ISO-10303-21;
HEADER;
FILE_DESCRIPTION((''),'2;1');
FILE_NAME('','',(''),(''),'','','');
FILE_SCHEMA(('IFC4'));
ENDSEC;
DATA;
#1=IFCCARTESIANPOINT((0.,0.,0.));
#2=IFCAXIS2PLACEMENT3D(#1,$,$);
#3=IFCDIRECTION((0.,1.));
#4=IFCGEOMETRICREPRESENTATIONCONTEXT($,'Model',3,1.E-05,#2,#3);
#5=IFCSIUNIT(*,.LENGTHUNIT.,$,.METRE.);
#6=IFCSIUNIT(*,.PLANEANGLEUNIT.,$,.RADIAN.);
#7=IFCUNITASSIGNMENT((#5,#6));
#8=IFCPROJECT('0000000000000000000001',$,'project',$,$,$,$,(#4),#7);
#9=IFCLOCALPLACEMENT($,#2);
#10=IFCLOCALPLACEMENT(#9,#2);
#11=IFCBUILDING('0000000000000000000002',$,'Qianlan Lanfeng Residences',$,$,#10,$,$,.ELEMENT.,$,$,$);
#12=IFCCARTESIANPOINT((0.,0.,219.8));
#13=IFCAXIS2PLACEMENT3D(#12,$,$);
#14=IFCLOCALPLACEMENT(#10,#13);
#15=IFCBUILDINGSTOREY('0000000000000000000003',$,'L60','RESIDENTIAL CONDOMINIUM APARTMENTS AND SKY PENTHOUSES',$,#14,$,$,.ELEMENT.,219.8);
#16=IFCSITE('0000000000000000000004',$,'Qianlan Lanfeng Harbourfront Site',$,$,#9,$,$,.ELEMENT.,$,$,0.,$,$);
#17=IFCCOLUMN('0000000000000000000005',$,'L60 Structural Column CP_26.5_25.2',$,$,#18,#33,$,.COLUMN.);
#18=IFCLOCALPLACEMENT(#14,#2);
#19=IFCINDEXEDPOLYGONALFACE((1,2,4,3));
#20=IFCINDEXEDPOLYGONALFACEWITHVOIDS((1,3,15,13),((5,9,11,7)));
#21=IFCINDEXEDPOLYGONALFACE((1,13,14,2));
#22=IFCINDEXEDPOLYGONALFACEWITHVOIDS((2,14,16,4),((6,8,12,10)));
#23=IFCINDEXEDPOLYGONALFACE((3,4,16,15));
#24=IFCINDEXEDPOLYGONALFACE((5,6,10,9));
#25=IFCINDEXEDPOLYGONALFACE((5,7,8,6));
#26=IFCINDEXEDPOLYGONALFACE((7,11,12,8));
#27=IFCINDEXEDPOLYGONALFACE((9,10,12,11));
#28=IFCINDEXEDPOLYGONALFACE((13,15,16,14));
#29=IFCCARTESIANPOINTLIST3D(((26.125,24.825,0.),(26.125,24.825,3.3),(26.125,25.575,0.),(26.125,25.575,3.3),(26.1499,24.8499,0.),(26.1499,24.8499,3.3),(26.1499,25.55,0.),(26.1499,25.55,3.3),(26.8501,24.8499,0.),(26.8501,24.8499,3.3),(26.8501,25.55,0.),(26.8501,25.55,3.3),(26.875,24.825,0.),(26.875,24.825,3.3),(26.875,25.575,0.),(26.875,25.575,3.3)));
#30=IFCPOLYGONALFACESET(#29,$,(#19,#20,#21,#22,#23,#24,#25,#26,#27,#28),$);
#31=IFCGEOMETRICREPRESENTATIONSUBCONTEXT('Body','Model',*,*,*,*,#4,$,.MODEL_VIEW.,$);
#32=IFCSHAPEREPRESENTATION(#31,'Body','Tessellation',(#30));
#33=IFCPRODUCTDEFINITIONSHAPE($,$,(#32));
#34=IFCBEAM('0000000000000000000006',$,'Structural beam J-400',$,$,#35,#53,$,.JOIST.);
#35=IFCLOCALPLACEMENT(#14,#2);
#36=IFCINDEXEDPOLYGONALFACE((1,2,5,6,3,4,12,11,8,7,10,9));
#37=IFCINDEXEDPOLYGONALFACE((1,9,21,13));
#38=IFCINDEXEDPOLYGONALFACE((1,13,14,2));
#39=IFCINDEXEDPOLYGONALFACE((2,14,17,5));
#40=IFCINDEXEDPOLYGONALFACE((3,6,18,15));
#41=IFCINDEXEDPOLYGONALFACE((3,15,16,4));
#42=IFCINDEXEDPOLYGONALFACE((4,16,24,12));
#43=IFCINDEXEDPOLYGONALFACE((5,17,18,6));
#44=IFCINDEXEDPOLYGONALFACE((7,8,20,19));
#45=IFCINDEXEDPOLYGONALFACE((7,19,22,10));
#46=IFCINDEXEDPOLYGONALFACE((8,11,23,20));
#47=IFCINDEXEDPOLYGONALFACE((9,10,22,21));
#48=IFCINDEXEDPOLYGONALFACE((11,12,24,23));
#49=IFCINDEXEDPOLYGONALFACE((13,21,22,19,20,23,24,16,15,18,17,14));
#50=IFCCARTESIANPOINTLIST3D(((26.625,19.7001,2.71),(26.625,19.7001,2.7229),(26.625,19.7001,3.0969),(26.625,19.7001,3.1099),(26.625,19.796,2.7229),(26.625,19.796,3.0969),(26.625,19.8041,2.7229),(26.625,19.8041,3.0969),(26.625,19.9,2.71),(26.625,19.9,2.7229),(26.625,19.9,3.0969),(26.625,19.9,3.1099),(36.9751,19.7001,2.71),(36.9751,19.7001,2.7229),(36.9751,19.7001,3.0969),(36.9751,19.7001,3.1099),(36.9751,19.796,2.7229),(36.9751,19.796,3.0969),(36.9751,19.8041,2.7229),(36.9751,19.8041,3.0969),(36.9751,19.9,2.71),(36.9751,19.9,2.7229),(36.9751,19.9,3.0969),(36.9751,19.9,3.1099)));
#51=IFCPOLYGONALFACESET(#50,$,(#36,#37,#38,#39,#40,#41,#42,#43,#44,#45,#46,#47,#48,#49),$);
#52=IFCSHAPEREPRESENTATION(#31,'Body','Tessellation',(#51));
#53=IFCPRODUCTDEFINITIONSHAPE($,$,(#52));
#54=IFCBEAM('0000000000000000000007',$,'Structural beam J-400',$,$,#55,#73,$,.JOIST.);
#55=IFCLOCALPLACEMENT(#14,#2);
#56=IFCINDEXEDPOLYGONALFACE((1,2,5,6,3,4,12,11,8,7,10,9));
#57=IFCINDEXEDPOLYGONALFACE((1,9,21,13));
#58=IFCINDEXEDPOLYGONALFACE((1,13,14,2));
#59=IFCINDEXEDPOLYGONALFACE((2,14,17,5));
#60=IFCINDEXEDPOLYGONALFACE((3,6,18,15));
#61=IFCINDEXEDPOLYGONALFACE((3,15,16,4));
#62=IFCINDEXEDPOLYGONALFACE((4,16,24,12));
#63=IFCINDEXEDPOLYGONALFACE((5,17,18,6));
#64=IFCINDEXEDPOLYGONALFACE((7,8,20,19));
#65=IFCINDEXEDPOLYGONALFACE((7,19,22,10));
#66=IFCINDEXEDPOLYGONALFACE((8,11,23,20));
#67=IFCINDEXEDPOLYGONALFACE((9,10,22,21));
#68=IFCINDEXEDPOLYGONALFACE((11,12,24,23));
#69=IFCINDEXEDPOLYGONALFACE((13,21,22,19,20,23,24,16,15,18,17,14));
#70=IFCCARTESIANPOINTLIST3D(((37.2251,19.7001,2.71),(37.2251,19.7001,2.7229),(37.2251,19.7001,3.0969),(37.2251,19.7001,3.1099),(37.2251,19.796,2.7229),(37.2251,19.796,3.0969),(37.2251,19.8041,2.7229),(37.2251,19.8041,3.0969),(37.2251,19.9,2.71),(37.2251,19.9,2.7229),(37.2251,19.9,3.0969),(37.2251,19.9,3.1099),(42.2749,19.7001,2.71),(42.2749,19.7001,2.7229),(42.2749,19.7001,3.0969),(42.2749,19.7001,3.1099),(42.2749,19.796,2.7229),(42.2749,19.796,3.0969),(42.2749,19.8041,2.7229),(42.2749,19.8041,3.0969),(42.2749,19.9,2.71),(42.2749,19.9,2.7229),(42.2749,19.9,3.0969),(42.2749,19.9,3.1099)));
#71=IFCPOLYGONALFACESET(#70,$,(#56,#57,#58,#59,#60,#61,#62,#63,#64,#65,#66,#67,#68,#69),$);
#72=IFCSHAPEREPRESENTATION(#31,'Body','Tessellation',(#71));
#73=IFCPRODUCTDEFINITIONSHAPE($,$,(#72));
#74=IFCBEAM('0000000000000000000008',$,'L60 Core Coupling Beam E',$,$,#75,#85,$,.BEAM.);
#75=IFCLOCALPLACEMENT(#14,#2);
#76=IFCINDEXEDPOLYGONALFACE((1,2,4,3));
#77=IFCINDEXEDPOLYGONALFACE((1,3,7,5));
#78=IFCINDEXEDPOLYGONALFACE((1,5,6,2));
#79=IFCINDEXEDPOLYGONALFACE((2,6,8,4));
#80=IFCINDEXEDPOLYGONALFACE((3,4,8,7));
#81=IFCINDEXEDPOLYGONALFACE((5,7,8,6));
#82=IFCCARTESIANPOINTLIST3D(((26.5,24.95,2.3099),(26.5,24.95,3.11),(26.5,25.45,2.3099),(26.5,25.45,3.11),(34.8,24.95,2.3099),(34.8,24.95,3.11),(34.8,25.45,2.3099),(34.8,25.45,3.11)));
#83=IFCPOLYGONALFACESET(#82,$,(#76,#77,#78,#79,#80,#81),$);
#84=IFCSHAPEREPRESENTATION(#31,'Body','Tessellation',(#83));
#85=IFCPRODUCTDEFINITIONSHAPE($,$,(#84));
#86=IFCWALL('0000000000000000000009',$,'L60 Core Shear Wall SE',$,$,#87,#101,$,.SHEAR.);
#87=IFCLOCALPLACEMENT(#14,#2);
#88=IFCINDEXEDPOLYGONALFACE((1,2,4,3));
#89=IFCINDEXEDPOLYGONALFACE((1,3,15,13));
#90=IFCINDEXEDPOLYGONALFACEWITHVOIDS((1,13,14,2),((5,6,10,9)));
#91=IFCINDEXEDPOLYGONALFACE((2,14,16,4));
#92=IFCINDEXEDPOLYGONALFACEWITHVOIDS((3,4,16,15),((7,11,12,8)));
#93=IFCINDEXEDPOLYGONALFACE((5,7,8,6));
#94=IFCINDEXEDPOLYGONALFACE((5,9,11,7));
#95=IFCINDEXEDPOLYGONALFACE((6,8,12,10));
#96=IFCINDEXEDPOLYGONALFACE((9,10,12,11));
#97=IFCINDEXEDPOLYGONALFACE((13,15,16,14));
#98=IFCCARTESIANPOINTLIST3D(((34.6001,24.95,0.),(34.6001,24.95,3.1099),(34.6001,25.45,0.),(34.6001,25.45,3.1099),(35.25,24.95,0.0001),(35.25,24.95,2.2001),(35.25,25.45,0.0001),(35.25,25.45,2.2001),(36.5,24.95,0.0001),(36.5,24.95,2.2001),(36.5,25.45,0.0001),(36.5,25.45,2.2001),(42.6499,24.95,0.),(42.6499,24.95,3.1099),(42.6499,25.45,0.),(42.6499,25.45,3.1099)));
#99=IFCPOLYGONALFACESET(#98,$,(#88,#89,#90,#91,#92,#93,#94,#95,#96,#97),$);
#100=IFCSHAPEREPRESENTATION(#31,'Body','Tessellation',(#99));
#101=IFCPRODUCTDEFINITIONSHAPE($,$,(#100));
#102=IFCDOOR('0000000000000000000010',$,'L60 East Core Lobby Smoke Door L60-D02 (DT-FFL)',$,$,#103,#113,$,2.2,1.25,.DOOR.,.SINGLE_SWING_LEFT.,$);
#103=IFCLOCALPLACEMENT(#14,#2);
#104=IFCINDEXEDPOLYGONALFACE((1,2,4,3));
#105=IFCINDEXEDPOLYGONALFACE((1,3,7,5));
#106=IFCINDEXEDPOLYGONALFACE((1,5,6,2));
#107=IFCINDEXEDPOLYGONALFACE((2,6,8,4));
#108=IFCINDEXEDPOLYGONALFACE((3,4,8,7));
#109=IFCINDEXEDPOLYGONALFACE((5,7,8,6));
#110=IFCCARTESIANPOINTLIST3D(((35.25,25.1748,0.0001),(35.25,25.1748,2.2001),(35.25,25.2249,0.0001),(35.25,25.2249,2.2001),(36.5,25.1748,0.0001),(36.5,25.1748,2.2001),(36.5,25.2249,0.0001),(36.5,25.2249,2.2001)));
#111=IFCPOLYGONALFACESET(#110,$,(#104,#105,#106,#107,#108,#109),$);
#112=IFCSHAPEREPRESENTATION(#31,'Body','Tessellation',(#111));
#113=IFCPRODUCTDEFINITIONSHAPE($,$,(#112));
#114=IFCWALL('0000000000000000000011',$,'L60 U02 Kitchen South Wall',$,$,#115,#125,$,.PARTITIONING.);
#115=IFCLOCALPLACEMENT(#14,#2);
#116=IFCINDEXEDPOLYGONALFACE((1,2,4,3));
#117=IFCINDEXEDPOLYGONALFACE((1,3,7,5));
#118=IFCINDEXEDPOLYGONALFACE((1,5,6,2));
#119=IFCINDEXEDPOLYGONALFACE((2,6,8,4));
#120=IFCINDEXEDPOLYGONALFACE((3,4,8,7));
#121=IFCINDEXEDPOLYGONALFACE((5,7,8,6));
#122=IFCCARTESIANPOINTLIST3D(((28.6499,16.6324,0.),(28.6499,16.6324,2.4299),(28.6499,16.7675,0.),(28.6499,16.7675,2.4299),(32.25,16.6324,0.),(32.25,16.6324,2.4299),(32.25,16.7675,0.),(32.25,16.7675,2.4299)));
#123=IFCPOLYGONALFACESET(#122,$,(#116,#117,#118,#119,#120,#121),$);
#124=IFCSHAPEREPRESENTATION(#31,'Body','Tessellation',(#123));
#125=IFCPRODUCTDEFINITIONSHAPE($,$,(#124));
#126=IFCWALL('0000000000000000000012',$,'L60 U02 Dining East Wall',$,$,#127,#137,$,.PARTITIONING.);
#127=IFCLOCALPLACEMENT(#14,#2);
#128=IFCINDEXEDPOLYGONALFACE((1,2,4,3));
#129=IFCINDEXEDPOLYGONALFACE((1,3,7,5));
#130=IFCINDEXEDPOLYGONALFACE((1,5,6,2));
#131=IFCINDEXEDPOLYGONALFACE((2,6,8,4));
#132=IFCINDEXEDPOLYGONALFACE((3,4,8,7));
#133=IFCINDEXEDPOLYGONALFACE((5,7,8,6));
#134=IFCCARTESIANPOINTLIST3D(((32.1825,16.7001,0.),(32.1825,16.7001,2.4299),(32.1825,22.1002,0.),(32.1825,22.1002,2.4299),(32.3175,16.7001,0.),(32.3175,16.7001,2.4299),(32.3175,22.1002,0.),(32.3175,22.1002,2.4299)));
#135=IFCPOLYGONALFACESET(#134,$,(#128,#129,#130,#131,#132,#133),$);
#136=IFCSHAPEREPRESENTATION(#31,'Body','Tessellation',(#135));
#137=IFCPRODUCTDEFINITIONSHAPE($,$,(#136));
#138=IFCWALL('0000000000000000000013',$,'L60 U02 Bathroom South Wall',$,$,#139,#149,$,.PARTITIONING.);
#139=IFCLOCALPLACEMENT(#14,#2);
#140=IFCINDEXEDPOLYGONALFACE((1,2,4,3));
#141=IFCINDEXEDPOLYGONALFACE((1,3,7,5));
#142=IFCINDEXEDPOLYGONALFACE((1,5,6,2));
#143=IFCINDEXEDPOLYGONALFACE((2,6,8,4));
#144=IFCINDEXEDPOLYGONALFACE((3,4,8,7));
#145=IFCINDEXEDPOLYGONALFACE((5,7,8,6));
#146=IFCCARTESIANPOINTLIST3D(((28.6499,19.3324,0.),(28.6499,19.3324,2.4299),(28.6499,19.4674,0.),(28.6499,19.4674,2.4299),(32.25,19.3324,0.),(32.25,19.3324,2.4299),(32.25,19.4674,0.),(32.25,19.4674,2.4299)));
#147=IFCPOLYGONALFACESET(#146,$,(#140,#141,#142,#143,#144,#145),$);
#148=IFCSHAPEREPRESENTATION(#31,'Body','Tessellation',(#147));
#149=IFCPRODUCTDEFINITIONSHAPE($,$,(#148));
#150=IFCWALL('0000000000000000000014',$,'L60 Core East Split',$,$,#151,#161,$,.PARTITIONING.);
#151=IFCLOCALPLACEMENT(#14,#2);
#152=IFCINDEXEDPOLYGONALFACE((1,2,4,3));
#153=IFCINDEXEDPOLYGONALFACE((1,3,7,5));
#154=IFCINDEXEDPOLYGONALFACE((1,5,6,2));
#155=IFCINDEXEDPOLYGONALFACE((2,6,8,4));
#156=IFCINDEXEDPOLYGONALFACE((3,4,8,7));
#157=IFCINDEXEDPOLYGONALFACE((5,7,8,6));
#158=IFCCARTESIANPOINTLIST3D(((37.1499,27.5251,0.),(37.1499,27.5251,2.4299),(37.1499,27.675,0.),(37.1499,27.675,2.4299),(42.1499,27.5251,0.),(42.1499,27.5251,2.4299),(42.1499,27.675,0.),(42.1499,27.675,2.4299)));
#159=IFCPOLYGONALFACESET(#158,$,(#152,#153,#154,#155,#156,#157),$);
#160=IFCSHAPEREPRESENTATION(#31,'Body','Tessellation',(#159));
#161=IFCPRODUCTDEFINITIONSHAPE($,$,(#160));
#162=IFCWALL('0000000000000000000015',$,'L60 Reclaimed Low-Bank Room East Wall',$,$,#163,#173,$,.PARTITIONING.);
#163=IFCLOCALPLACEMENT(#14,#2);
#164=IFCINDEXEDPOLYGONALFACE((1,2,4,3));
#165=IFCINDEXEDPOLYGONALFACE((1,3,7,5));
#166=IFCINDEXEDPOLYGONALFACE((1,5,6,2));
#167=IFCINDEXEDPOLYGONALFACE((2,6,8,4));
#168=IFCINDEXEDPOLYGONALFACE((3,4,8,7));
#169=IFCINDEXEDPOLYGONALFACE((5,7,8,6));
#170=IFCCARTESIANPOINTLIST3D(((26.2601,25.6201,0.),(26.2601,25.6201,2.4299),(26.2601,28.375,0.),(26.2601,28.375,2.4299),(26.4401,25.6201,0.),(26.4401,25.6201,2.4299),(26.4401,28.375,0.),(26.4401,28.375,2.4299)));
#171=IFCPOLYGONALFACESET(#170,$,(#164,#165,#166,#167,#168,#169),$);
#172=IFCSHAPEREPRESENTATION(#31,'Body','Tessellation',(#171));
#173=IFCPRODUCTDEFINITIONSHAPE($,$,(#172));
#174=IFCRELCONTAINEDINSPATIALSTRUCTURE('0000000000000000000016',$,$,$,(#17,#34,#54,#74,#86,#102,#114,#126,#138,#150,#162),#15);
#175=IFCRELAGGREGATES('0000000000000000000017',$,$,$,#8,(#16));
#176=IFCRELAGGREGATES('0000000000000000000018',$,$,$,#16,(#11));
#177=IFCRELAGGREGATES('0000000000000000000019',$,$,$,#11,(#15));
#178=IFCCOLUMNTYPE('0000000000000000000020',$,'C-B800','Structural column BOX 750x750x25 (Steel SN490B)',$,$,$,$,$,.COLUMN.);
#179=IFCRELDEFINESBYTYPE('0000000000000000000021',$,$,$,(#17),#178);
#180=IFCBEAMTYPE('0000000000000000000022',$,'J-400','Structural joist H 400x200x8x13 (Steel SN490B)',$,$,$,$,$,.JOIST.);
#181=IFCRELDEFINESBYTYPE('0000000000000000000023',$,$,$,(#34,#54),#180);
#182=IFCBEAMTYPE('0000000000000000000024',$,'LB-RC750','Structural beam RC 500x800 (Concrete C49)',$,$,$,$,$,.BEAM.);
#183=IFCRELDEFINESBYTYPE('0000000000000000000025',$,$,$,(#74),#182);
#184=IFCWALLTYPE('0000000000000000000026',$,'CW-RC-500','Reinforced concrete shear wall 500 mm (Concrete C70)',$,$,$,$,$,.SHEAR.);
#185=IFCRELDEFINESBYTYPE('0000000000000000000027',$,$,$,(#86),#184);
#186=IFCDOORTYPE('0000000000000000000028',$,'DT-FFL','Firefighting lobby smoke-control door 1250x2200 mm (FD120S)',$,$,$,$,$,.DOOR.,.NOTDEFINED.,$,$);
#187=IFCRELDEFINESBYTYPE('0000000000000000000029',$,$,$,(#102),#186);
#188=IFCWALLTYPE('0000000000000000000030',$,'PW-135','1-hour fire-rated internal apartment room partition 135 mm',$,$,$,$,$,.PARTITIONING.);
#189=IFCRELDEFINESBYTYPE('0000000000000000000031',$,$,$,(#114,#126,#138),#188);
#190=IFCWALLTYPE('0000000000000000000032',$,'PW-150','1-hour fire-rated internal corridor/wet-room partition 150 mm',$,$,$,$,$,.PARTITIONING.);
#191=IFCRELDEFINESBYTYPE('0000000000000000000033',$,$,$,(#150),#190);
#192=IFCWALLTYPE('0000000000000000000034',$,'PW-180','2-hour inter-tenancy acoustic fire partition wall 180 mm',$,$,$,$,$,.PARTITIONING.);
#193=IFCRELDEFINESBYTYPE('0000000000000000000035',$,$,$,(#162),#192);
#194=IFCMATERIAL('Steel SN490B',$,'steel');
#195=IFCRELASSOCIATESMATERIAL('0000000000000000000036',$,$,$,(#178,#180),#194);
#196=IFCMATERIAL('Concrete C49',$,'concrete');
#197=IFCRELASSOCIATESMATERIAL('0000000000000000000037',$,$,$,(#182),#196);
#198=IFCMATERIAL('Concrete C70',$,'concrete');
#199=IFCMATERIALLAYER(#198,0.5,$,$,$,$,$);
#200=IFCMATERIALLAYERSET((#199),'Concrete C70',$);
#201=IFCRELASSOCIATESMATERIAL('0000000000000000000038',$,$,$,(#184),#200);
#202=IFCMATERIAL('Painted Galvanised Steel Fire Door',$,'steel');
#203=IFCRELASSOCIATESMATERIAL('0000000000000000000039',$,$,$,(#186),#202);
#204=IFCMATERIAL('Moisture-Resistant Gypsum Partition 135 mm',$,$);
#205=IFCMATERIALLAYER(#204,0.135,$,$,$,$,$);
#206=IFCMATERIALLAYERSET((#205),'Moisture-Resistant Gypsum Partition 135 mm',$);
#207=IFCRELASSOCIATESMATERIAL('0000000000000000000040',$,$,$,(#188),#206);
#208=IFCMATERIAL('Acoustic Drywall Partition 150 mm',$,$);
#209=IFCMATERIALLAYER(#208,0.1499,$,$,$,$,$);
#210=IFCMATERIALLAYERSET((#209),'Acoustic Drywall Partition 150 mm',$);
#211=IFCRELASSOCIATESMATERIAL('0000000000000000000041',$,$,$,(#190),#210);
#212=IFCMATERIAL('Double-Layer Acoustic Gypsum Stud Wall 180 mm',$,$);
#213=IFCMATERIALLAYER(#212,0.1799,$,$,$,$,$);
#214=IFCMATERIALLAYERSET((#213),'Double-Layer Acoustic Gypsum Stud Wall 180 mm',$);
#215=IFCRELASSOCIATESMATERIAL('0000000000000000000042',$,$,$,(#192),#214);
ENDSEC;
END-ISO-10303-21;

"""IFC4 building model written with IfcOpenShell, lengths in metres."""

from ifc_helpers import new_model, si_unit, direction, frame, frame_2d, origin, origin_2d, place, context, subcontext, project, spatial, rectangle, hollow_rectangle, i_section, extrude, material, layer, layer_set, material_profile, profile_set, type_object, element, fill, save


model = new_model("IFC4")

# Units and contexts
model_context = context("Model", 3, precision=1e-05, world=origin(), true_north=direction((0.0, 1.0)))
body_context = subcontext(model_context, "Body", "Model", "MODEL_VIEW")
ifc_project = project(units=[si_unit("LENGTHUNIT", "METRE"), si_unit("PLANEANGLEUNIT", "RADIAN")], contexts=[model_context])

# Site, building, storey
site_placement = place(None, origin())
site = spatial("IfcSite", under=ifc_project, at=site_placement, Name="Qianlan Lanfeng Harbourfront Site", CompositionType="ELEMENT", RefElevation=0.0)
building_placement = place(site_placement, origin())
building = spatial("IfcBuilding", under=site, at=building_placement, Name="Qianlan Lanfeng Residences", CompositionType="ELEMENT")
storey_placement = place(building_placement, frame((0.0, 0.0, 219.8)))
storey = spatial("IfcBuildingStorey", under=building, at=storey_placement, Name="L60", Description="RESIDENTIAL CONDOMINIUM APARTMENTS AND SKY PENTHOUSES", CompositionType="ELEMENT", Elevation=219.8)

# Column
ifc_material_1 = material(Name="Steel SN490B", Category="steel")
ifc_material_profile_1 = material_profile(ifc_material_1, hollow_rectangle(XDim=0.75, YDim=0.75, WallThickness=0.0249, at=origin_2d()), Name="BOX 750x750x25")
ifc_profile_set_1 = profile_set([ifc_material_profile_1], Name="Steel SN490B")
column_type = type_object("IfcColumnType", Name="C-B800", Description="Structural column BOX 750x750x25 (Steel SN490B)", PredefinedType="COLUMN", material=ifc_profile_set_1)
column_placement = place(storey_placement, frame((26.5, 25.2, 0.0), z_axis=(0.0, 0.0, 1.0), x_axis=(1.0, 0.0, 0.0)))
element("IfcColumn", 1, at=column_placement, inside=storey, type_object=column_type, Name="L60 Structural Column CP_26.5_25.2", PredefinedType="COLUMN", context=body_context, shape_type="SweptSolid", body=[
    extrude(hollow_rectangle(XDim=0.75, YDim=0.75, WallThickness=0.0249, at=origin_2d()), origin(), (0.0, 0.0, 1.0), 3.3),
])

# Beams
ifc_material_profile_2 = material_profile(ifc_material_1, i_section(OverallWidth=0.2, OverallDepth=0.3999, WebThickness=0.0081, FlangeThickness=0.0129, at=origin_2d()), Name="H 400x200x8x13")
ifc_profile_set_2 = profile_set([ifc_material_profile_2], Name="Steel SN490B")
beam_type_1 = type_object("IfcBeamType", Name="J-400", Description="Structural joist H 400x200x8x13 (Steel SN490B)", PredefinedType="JOIST", material=ifc_profile_set_2)
beam_1_placement = place(storey_placement, frame((26.625, 19.8, 2.9099), z_axis=(1.0, 0.0, 0.0), x_axis=(0.0, 1.0, 0.0)))
element("IfcBeam", 2, at=beam_1_placement, inside=storey, type_object=beam_type_1, Name="Structural beam J-400", PredefinedType="JOIST", context=body_context, shape_type="SweptSolid", body=[
    extrude(i_section(OverallWidth=0.2, OverallDepth=0.3999, WebThickness=0.0081, FlangeThickness=0.0129, at=origin_2d()), origin(), (0.0, 0.0, 1.0), 10.3501),
])
beam_2_placement = place(storey_placement, frame((37.2251, 19.8, 2.9099), z_axis=(1.0, 0.0, 0.0), x_axis=(0.0, 1.0, 0.0)))
element("IfcBeam", 3, at=beam_2_placement, inside=storey, type_object=beam_type_1, Name="Structural beam J-400", PredefinedType="JOIST", context=body_context, shape_type="SweptSolid", body=[
    extrude(i_section(OverallWidth=0.2, OverallDepth=0.3999, WebThickness=0.0081, FlangeThickness=0.0129, at=origin_2d()), origin(), (0.0, 0.0, 1.0), 5.0498),
])
ifc_material_2 = material(Name="Concrete C49", Category="concrete")
ifc_material_profile_3 = material_profile(ifc_material_2, rectangle(XDim=0.5, YDim=0.8, at=origin_2d()), Name="RC 500x800")
ifc_profile_set_3 = profile_set([ifc_material_profile_3], Name="Concrete C49")
beam_type_2 = type_object("IfcBeamType", Name="LB-RC750", Description="Structural beam RC 500x800 (Concrete C49)", PredefinedType="BEAM", material=ifc_profile_set_3)
beam_3_placement = place(storey_placement, frame((26.5, 25.2, 2.71), z_axis=(1.0, 0.0, 0.0), x_axis=(0.0, 1.0, 0.0)))
element("IfcBeam", 4, at=beam_3_placement, inside=storey, type_object=beam_type_2, Name="L60 Core Coupling Beam E", PredefinedType="BEAM", context=body_context, shape_type="SweptSolid", body=[
    extrude(rectangle(XDim=0.5, YDim=0.8, at=origin_2d()), origin(), (0.0, 0.0, 1.0), 8.3),
])

# Wall, opening, door
ifc_material_3 = material(Name="Concrete C70", Category="concrete")
ifc_layer_1 = layer(ifc_material_3, 0.5)
ifc_layer_set_1 = layer_set([ifc_layer_1], Name="Concrete C70")
wall_type_1 = type_object("IfcWallType", Name="CW-RC-500", Description="Reinforced concrete shear wall 500 mm (Concrete C70)", PredefinedType="SHEAR", material=ifc_layer_set_1)
wall_1_placement = place(storey_placement, frame((34.6001, 25.2, 0.0), z_axis=(0.0, 0.0, 1.0), x_axis=(1.0, 0.0, 0.0)))
wall_1 = element("IfcWall", 5, at=wall_1_placement, inside=storey, type_object=wall_type_1, Name="L60 Core Shear Wall SE", PredefinedType="SHEAR", context=body_context, shape_type="SweptSolid", body=[
    extrude(rectangle(XDim=8.0498, YDim=0.5, at=frame_2d((4.0249, 0.0))), origin(), (0.0, 0.0, 1.0), 3.1099),
])
opening_1_placement = place(wall_1_placement, frame((0.6499, 0.0, 0.0)))
opening_1 = element("IfcOpeningElement", 6, at=opening_1_placement, cuts=wall_1, PredefinedType="OPENING", context=body_context, shape_type="SweptSolid", body=[
    extrude(rectangle(XDim=1.25, YDim=2.2, at=frame_2d((0.625, 1.1001))), frame((0.0, 0.26, 0.0), z_axis=(0.0, -1.0, 0.0), x_axis=(1.0, 0.0, 0.0)), (0.0, 0.0, 1.0), 0.52),
])
ifc_material_4 = material(Name="Painted Galvanised Steel Fire Door", Category="steel")
door_type_1 = type_object("IfcDoorType", Name="DT-FFL", Description="Firefighting lobby smoke-control door 1250x2200 mm (FD120S)", OperationType="NOTDEFINED", PredefinedType="DOOR", material=ifc_material_4)
door_1_placement = place(opening_1_placement, origin())
door_1 = element("IfcDoor", 7, at=door_1_placement, inside=storey, type_object=door_type_1, Name="L60 East Core Lobby Smoke Door L60-D02 (DT-FFL)", OperationType="SINGLE_SWING_LEFT", OverallHeight=2.2, OverallWidth=1.25, PredefinedType="DOOR", context=body_context, shape_type="SweptSolid", body=[
    extrude(rectangle(XDim=1.25, YDim=2.2, at=frame_2d((0.625, 1.1001))), frame((0.0, 0.0249, 0.0), z_axis=(0.0, -1.0, 0.0), x_axis=(1.0, 0.0, 0.0)), (0.0, 0.0, 1.0), 0.05),
])
fill(opening_1, door_1)

# Walls
ifc_material_5 = material(Name="Moisture-Resistant Gypsum Partition 135 mm")
ifc_layer_2 = layer(ifc_material_5, 0.135)
ifc_layer_set_2 = layer_set([ifc_layer_2], Name="Moisture-Resistant Gypsum Partition 135 mm")
wall_type_2 = type_object("IfcWallType", Name="PW-135", Description="1-hour fire-rated internal apartment room partition 135 mm", PredefinedType="PARTITIONING", material=ifc_layer_set_2)
wall_2_placement = place(storey_placement, frame((28.6499, 16.7, 0.0), z_axis=(0.0, 0.0, 1.0), x_axis=(1.0, 0.0, 0.0)))
element("IfcWall", 8, at=wall_2_placement, inside=storey, type_object=wall_type_2, Name="L60 U02 Kitchen South Wall", PredefinedType="PARTITIONING", context=body_context, shape_type="SweptSolid", body=[
    extrude(rectangle(XDim=3.6001, YDim=0.135, at=frame_2d((1.8, 0.0))), origin(), (0.0, 0.0, 1.0), 2.4299),
])
wall_3_placement = place(storey_placement, frame((32.25, 16.7, 0.0), z_axis=(0.0, 0.0, 1.0), x_axis=(0.0, 1.0, 0.0)))
element("IfcWall", 9, at=wall_3_placement, inside=storey, type_object=wall_type_2, Name="L60 U02 Dining East Wall", PredefinedType="PARTITIONING", context=body_context, shape_type="SweptSolid", body=[
    extrude(rectangle(XDim=5.4001, YDim=0.135, at=frame_2d((2.7002, 0.0))), origin(), (0.0, 0.0, 1.0), 2.4299),
])
wall_4_placement = place(storey_placement, frame((28.6499, 19.3999, 0.0), z_axis=(0.0, 0.0, 1.0), x_axis=(1.0, 0.0, 0.0)))
element("IfcWall", 10, at=wall_4_placement, inside=storey, type_object=wall_type_2, Name="L60 U02 Bathroom South Wall", PredefinedType="PARTITIONING", context=body_context, shape_type="SweptSolid", body=[
    extrude(rectangle(XDim=3.6001, YDim=0.135, at=frame_2d((1.8, 0.0))), origin(), (0.0, 0.0, 1.0), 2.4299),
])
ifc_material_6 = material(Name="Acoustic Drywall Partition 150 mm")
ifc_layer_3 = layer(ifc_material_6, 0.1499)
ifc_layer_set_3 = layer_set([ifc_layer_3], Name="Acoustic Drywall Partition 150 mm")
wall_type_3 = type_object("IfcWallType", Name="PW-150", Description="1-hour fire-rated internal corridor/wet-room partition 150 mm", PredefinedType="PARTITIONING", material=ifc_layer_set_3)
wall_5_placement = place(storey_placement, frame((37.1499, 27.6001, 0.0), z_axis=(0.0, 0.0, 1.0), x_axis=(1.0, 0.0, 0.0)))
element("IfcWall", 11, at=wall_5_placement, inside=storey, type_object=wall_type_3, Name="L60 Core East Split", PredefinedType="PARTITIONING", context=body_context, shape_type="SweptSolid", body=[
    extrude(rectangle(XDim=5.0, YDim=0.1499, at=frame_2d((2.5, 0.0))), origin(), (0.0, 0.0, 1.0), 2.4299),
])

# Shared definitions
ifc_material_7 = material(Name="Double-Layer Acoustic Gypsum Stud Wall 180 mm")
ifc_layer_4 = layer(ifc_material_7, 0.1799)
ifc_layer_set_4 = layer_set([ifc_layer_4], Name="Double-Layer Acoustic Gypsum Stud Wall 180 mm")
wall_type_4 = type_object("IfcWallType", Name="PW-180", Description="2-hour inter-tenancy acoustic fire partition wall 180 mm", PredefinedType="PARTITIONING", material=ifc_layer_set_4)

# Wall
for number, where, z_axis, x_axis, name in (
    (12, (26.3501, 25.6201, 0.0), (0.0, 0.0, 1.0), (0.0, 1.0, 0.0), "L60 Reclaimed Low-Bank Room East Wall"),
):
    element("IfcWall", number, at=place(storey_placement, frame(where, z_axis=z_axis, x_axis=x_axis)), inside=storey, type_object=wall_type_4, Name=name, PredefinedType="PARTITIONING", context=body_context, shape_type="SweptSolid", body=[
        extrude(rectangle(XDim=2.7549, YDim=0.1799, at=frame_2d((1.3774, 0.0))), origin(), (0.0, 0.0, 1.0), 2.4299),
    ])

save(model, "model.ifc")
